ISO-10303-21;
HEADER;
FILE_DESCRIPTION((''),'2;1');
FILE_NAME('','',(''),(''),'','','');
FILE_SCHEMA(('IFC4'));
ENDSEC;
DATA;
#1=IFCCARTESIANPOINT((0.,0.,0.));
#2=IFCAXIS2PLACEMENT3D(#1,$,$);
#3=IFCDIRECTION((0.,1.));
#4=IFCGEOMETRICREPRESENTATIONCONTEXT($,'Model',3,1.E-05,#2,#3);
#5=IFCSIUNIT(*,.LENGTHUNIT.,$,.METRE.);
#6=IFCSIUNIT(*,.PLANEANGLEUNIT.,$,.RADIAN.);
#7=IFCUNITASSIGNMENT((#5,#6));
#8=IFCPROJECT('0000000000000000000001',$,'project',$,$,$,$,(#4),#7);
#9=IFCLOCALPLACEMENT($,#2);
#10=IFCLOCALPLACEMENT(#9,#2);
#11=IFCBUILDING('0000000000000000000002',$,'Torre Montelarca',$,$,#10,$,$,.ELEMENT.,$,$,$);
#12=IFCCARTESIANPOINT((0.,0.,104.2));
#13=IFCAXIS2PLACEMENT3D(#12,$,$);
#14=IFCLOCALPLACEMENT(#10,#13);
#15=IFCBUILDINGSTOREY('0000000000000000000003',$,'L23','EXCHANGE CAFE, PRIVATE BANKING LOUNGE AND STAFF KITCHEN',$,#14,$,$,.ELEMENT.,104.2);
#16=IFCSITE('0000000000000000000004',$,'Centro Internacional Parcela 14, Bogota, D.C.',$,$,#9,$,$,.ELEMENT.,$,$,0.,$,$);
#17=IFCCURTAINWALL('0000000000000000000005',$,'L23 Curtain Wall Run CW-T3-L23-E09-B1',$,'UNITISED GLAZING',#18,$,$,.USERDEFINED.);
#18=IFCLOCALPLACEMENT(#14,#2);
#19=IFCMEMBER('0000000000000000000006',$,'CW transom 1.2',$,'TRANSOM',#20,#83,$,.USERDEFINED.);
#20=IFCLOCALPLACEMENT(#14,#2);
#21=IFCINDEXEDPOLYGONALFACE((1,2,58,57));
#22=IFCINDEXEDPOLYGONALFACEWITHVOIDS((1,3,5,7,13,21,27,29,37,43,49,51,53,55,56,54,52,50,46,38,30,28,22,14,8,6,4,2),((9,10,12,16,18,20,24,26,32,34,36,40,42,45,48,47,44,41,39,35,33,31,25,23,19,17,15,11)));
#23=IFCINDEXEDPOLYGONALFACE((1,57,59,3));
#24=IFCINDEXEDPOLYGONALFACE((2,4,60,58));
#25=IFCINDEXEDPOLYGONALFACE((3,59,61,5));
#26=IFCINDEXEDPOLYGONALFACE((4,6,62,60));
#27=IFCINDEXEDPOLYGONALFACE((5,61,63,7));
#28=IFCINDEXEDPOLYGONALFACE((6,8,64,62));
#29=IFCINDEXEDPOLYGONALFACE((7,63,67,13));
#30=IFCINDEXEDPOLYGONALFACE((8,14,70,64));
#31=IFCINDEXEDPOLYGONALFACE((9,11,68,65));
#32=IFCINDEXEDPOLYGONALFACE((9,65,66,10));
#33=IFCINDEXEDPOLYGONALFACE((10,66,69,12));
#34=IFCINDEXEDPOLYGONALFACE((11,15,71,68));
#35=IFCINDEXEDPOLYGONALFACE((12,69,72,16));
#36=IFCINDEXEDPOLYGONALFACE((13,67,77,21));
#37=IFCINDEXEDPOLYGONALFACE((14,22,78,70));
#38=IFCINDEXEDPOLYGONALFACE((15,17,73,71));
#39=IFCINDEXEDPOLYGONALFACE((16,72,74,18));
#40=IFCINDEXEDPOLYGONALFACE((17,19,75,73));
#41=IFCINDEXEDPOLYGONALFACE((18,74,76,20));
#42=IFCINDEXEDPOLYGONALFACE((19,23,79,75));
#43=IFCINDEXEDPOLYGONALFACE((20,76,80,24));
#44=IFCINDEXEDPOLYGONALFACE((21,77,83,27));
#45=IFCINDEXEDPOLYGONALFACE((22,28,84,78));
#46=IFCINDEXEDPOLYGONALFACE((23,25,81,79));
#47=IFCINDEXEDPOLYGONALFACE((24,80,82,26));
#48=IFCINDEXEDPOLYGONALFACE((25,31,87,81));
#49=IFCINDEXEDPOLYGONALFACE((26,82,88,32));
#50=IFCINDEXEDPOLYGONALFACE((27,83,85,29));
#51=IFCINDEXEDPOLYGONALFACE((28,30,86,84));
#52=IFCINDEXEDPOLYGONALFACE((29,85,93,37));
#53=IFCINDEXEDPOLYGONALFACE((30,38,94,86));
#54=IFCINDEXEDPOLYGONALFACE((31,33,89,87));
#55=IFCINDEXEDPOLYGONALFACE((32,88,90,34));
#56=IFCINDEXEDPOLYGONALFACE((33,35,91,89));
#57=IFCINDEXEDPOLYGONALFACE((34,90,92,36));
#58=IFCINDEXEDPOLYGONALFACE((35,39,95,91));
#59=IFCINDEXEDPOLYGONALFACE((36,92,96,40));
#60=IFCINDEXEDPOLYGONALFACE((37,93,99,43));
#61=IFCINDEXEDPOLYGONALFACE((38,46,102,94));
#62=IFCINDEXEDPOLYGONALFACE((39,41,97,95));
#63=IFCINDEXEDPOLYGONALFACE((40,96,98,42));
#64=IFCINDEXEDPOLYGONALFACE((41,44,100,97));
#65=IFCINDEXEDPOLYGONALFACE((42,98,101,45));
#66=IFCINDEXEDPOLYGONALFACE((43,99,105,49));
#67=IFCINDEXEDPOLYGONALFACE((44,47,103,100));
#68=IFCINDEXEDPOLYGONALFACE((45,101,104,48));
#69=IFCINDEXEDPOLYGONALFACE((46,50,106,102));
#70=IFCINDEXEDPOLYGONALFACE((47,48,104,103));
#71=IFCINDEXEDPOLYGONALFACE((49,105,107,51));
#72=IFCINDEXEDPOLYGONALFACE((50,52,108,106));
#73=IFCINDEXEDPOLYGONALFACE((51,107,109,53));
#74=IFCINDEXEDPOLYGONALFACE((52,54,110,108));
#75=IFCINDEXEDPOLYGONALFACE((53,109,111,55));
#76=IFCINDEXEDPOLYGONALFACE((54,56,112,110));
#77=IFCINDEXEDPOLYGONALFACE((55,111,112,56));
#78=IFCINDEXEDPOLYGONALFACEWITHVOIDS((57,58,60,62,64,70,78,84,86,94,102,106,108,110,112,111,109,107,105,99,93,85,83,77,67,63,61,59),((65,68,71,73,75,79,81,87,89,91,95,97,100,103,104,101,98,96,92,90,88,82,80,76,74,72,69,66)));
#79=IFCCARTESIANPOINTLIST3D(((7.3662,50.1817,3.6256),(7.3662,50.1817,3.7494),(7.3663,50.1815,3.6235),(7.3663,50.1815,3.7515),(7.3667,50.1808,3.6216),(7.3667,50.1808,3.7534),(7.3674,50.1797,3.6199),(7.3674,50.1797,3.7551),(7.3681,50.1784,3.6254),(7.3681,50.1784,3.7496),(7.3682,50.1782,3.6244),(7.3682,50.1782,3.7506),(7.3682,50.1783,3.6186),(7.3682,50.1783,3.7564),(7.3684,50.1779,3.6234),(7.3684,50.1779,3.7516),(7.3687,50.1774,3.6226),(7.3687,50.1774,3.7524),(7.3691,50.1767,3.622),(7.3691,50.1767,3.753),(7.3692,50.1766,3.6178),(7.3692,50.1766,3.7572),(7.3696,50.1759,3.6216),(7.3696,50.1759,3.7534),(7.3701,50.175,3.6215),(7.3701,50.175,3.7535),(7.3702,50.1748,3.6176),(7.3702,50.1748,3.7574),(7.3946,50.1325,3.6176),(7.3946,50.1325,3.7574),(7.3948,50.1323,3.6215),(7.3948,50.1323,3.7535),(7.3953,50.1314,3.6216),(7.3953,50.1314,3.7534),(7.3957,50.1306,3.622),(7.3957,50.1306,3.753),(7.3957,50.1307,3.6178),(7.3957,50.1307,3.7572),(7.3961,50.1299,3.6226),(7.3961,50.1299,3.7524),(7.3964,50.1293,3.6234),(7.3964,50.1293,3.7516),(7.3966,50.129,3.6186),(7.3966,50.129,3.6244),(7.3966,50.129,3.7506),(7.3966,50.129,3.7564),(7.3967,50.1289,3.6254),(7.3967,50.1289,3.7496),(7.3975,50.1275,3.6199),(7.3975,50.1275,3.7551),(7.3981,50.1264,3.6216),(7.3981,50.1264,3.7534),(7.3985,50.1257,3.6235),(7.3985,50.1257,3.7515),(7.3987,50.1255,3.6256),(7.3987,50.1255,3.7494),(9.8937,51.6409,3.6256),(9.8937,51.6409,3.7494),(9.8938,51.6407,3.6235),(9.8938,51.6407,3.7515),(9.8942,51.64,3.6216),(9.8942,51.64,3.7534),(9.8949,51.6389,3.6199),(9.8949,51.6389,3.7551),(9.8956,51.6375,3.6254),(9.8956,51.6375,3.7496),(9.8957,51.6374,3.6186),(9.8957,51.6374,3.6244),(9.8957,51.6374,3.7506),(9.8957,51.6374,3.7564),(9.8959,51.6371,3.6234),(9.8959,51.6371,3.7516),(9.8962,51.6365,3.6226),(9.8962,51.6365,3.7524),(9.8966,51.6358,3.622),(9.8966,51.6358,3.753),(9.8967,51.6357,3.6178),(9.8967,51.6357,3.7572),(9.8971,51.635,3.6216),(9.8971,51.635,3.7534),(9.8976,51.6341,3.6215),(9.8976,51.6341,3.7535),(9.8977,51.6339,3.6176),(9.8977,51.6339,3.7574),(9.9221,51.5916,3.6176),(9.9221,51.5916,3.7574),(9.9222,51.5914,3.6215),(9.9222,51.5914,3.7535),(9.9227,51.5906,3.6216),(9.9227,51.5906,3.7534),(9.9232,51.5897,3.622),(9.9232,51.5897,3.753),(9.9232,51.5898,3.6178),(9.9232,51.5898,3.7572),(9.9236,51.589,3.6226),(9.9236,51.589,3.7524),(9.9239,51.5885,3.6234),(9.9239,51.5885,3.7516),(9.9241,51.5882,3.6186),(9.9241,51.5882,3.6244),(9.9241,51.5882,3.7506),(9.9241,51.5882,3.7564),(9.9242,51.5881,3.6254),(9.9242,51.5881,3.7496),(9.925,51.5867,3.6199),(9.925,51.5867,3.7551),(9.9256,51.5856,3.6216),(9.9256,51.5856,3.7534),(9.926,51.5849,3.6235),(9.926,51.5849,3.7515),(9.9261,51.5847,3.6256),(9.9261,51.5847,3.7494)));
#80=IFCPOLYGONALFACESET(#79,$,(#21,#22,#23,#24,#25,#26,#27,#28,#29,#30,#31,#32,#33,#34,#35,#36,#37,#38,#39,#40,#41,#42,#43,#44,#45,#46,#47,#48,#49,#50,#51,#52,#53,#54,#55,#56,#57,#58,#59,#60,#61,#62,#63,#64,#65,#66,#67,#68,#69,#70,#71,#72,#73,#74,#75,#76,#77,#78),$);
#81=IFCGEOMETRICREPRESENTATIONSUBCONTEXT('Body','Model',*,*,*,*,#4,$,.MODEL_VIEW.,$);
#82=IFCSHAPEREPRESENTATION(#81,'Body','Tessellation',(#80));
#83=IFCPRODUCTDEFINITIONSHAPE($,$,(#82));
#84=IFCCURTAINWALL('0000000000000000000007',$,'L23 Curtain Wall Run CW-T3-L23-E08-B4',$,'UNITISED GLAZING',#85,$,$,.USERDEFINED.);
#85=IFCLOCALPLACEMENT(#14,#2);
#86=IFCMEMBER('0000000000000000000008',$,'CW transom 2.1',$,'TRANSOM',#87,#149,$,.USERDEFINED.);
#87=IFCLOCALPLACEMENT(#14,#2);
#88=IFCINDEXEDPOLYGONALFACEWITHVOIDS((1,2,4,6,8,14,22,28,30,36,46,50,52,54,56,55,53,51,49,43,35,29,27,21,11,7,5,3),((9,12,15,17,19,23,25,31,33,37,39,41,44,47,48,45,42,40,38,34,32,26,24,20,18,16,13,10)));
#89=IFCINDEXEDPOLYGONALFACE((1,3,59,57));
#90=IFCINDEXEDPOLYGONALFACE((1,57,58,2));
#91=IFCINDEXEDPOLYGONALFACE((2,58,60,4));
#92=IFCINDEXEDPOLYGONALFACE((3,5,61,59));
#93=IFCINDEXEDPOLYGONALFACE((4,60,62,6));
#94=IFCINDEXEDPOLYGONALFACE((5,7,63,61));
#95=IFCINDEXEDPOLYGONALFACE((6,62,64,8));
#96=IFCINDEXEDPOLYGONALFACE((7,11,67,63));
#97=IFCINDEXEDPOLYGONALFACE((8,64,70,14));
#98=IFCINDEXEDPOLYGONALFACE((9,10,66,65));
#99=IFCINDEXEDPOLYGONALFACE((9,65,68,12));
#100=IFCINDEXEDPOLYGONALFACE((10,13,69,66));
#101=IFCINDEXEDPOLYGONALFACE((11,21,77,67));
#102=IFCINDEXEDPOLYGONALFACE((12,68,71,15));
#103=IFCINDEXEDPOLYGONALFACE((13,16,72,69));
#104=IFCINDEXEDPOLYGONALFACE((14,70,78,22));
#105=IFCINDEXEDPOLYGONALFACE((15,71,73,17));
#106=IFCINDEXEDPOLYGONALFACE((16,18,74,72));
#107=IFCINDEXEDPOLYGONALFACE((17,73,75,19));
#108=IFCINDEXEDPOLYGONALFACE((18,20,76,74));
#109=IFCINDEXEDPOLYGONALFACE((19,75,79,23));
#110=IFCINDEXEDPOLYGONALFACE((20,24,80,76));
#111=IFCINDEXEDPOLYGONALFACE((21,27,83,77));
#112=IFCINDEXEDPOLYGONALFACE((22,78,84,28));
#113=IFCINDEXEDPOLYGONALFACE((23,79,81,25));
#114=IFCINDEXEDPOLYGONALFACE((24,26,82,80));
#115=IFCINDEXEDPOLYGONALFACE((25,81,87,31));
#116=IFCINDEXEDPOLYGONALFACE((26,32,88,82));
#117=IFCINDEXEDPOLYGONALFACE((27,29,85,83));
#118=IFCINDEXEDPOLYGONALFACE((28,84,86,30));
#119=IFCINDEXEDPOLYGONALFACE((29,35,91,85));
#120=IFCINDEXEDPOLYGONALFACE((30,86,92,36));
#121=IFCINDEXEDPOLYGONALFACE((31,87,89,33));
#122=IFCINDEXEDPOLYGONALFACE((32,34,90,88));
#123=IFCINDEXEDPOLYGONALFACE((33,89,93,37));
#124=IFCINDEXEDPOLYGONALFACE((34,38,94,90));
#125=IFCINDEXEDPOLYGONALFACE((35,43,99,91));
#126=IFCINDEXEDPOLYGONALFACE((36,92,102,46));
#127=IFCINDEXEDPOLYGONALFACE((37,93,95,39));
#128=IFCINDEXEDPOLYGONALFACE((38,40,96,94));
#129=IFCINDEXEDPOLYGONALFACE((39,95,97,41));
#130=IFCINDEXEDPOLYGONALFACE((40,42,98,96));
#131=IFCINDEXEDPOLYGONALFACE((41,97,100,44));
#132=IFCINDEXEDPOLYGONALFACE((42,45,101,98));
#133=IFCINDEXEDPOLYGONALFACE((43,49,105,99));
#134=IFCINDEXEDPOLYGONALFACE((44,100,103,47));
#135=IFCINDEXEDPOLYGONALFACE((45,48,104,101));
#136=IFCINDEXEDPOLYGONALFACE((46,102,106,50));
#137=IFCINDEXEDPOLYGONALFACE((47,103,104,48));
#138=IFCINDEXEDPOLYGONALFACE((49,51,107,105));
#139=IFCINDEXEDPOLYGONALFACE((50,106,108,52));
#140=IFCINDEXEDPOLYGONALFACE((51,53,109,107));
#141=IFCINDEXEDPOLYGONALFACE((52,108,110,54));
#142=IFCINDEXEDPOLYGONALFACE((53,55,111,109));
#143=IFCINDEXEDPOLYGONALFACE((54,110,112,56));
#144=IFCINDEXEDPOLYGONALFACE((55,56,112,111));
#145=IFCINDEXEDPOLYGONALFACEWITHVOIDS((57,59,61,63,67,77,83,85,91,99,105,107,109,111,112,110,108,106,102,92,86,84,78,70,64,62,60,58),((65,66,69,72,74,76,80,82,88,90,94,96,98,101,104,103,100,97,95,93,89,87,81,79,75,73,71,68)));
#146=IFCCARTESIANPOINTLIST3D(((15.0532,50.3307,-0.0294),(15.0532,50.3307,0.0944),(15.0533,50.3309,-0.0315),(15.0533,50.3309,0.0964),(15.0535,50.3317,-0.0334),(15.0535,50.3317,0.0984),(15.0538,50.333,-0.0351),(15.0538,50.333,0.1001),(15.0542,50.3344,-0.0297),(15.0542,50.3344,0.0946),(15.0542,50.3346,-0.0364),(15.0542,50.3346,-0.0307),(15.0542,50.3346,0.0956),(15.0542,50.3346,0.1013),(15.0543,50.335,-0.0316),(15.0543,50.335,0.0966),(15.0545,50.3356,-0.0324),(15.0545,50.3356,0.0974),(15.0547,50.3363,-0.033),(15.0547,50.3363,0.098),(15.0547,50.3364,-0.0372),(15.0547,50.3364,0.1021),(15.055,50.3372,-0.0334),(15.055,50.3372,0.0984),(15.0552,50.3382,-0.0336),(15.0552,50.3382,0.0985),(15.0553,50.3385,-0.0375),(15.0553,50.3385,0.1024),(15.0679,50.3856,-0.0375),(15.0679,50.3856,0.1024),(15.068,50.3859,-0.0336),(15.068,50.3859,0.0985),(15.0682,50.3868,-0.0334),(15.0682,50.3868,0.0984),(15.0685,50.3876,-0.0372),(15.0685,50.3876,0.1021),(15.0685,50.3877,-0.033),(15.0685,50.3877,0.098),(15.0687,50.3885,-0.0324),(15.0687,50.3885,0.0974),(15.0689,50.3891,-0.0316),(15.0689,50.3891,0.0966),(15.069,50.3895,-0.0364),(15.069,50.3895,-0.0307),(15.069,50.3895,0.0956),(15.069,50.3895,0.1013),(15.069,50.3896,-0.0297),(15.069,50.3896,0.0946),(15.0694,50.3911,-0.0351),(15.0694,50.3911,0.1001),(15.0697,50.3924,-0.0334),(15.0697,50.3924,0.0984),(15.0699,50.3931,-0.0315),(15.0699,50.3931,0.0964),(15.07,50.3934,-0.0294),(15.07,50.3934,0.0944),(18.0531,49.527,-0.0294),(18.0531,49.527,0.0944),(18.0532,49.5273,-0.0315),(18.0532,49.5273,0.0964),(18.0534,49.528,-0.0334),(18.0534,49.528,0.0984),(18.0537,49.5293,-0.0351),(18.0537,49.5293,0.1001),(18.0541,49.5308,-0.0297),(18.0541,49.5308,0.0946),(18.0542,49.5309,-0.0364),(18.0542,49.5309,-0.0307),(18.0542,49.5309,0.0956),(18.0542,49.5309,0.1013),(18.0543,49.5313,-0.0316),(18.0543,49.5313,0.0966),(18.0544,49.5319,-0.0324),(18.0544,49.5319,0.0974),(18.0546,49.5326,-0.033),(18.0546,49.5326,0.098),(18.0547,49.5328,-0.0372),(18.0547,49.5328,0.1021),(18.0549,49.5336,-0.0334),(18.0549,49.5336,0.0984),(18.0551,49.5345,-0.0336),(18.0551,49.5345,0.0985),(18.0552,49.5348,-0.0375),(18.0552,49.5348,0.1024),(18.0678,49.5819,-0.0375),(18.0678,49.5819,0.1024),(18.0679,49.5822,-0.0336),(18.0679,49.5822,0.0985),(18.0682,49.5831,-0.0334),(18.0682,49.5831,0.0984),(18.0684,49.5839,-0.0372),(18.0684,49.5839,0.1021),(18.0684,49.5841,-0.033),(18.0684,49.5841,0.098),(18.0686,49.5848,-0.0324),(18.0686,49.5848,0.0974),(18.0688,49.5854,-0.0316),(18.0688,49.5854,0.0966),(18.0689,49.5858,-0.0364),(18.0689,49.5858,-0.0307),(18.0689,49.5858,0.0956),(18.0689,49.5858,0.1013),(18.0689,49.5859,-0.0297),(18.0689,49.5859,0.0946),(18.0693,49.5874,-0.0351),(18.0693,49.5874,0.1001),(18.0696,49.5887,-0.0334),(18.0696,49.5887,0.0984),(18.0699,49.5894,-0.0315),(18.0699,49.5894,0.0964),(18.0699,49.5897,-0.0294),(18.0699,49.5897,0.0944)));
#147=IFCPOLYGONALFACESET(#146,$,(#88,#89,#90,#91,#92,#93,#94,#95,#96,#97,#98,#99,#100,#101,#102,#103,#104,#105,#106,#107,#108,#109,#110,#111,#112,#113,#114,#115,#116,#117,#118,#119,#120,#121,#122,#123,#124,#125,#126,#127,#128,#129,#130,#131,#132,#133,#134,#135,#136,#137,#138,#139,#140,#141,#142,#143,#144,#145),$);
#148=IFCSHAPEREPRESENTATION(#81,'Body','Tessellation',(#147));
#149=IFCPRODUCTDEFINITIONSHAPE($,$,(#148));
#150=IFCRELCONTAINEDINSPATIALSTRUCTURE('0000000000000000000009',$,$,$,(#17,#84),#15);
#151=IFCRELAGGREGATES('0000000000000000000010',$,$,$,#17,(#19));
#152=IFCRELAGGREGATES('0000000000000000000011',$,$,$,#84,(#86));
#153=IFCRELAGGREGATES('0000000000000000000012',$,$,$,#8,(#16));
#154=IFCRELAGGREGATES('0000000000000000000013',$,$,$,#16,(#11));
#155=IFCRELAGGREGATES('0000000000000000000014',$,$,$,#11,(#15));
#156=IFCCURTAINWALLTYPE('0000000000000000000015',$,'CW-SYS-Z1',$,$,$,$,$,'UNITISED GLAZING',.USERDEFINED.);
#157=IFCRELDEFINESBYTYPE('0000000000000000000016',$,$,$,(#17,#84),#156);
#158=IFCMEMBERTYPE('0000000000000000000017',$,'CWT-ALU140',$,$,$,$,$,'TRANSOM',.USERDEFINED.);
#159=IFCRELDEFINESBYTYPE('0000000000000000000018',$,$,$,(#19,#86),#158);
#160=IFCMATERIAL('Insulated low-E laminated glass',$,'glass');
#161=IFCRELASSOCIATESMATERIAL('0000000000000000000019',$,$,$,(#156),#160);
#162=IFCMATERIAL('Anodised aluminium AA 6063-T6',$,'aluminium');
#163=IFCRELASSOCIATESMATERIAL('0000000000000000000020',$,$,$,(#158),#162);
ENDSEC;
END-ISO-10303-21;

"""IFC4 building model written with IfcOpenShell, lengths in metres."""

from ifc_helpers import new_model, si_unit, direction, frame, origin, origin_2d, place, context, subcontext, project, spatial, hollow_rectangle, extrude, source, transform, mapped, material, material_profile, profile_set, type_object, element, aggregate, save


model = new_model("IFC4")

# Units and contexts
model_context = context("Model", 3, precision=1e-05, world=origin(), true_north=direction((0.0, 1.0)))
body_context = subcontext(model_context, "Body", "Model", "MODEL_VIEW")
ifc_project = project(units=[si_unit("LENGTHUNIT", "METRE"), si_unit("PLANEANGLEUNIT", "RADIAN")], contexts=[model_context])

# Site, building, storey
site_placement = place(None, origin())
site = spatial("IfcSite", under=ifc_project, at=site_placement, Name="Centro Internacional Parcela 14, Bogota, D.C.", CompositionType="ELEMENT", RefElevation=0.0)
building_placement = place(site_placement, origin())
building = spatial("IfcBuilding", under=site, at=building_placement, Name="Torre Montelarca", CompositionType="ELEMENT")
storey_placement = place(building_placement, frame((0.0, 0.0, 104.2)))
storey = spatial("IfcBuildingStorey", under=building, at=storey_placement, Name="L23", Description="EXCHANGE CAFE, PRIVATE BANKING LOUNGE AND STAFF KITCHEN", CompositionType="ELEMENT", Elevation=104.2)

# Curtain walls, members
ifc_material_1 = material(Name="Insulated low-E laminated glass", Category="glass")
curtain_wall_type = type_object("IfcCurtainWallType", Name="CW-SYS-Z1", ElementType="UNITISED GLAZING", PredefinedType="USERDEFINED", material=ifc_material_1)
curtain_wall_1_placement = place(storey_placement, origin())
curtain_wall_1 = element("IfcCurtainWall", 1, at=curtain_wall_1_placement, inside=storey, type_object=curtain_wall_type, Name="L23 Curtain Wall Run CW-T3-L23-E09-B1", ObjectType="UNITISED GLAZING", PredefinedType="USERDEFINED")
ifc_material_2 = material(Name="Anodised aluminium AA 6063-T6", Category="aluminium")
ifc_material_profile_1 = material_profile(ifc_material_2, hollow_rectangle(XDim=0.0649, YDim=0.1399, WallThickness=0.0039, InnerFilletRadius=0.0039, OuterFilletRadius=0.0081, at=origin_2d()), Name="ALU65X140X4", Category="aluminium")
ifc_profile_set_1 = profile_set([ifc_material_profile_1], Name="Anodised aluminium AA 6063-T6")
member_type_1 = type_object("IfcMemberType", Name="CWT-ALU140", ElementType="TRANSOM", PredefinedType="USERDEFINED", material=ifc_profile_set_1)
shared_shape_1 = source(origin(), body_context, "Body", "SweptSolid", [
    extrude(hollow_rectangle(XDim=0.0649, YDim=0.1399, WallThickness=0.0039, InnerFilletRadius=0.0039, OuterFilletRadius=0.0081, at=origin_2d()), origin(), (0.0, 0.0, 1.0), 2.9185),
])
member_1_placement = place(storey_placement, frame((9.9099, 51.6128, 3.6875), z_axis=(-0.866037, -0.499981, 0.0), x_axis=(0.499981, -0.866037, 0.0)))
member_1 = element("IfcMember", 2, at=member_1_placement, type_object=member_type_1, Name="CW transom 1.2", ObjectType="TRANSOM", PredefinedType="USERDEFINED", context=body_context, shape_type="MappedRepresentation", body=[
    mapped(shared_shape_1, transform((0.0, 0.0, 0.0), scale=1.0)),
])
curtain_wall_2_placement = place(storey_placement, origin())
curtain_wall_2 = element("IfcCurtainWall", 3, at=curtain_wall_2_placement, inside=storey, type_object=curtain_wall_type, Name="L23 Curtain Wall Run CW-T3-L23-E08-B4", ObjectType="UNITISED GLAZING", PredefinedType="USERDEFINED")
shared_shape_2 = source(origin(), body_context, "Body", "SweptSolid", [
    extrude(hollow_rectangle(XDim=0.0649, YDim=0.1399, WallThickness=0.0039, InnerFilletRadius=0.0039, OuterFilletRadius=0.0081, at=origin_2d()), origin(), (0.0, 0.0, 1.0), 3.1057),
])
member_2_placement = place(storey_placement, frame((18.0615, 49.5583, 0.0325), z_axis=(-0.965937, 0.258778, 0.0), x_axis=(-0.258778, -0.965937, 0.0)))
member_2 = element("IfcMember", 4, at=member_2_placement, type_object=member_type_1, Name="CW transom 2.1", ObjectType="TRANSOM", PredefinedType="USERDEFINED", context=body_context, shape_type="MappedRepresentation", body=[
    mapped(shared_shape_2, transform((0.0, 0.0, 0.0), scale=1.0)),
])

aggregate(curtain_wall_1, [member_1])
aggregate(curtain_wall_2, [member_2])

save(model, "model.ifc")
